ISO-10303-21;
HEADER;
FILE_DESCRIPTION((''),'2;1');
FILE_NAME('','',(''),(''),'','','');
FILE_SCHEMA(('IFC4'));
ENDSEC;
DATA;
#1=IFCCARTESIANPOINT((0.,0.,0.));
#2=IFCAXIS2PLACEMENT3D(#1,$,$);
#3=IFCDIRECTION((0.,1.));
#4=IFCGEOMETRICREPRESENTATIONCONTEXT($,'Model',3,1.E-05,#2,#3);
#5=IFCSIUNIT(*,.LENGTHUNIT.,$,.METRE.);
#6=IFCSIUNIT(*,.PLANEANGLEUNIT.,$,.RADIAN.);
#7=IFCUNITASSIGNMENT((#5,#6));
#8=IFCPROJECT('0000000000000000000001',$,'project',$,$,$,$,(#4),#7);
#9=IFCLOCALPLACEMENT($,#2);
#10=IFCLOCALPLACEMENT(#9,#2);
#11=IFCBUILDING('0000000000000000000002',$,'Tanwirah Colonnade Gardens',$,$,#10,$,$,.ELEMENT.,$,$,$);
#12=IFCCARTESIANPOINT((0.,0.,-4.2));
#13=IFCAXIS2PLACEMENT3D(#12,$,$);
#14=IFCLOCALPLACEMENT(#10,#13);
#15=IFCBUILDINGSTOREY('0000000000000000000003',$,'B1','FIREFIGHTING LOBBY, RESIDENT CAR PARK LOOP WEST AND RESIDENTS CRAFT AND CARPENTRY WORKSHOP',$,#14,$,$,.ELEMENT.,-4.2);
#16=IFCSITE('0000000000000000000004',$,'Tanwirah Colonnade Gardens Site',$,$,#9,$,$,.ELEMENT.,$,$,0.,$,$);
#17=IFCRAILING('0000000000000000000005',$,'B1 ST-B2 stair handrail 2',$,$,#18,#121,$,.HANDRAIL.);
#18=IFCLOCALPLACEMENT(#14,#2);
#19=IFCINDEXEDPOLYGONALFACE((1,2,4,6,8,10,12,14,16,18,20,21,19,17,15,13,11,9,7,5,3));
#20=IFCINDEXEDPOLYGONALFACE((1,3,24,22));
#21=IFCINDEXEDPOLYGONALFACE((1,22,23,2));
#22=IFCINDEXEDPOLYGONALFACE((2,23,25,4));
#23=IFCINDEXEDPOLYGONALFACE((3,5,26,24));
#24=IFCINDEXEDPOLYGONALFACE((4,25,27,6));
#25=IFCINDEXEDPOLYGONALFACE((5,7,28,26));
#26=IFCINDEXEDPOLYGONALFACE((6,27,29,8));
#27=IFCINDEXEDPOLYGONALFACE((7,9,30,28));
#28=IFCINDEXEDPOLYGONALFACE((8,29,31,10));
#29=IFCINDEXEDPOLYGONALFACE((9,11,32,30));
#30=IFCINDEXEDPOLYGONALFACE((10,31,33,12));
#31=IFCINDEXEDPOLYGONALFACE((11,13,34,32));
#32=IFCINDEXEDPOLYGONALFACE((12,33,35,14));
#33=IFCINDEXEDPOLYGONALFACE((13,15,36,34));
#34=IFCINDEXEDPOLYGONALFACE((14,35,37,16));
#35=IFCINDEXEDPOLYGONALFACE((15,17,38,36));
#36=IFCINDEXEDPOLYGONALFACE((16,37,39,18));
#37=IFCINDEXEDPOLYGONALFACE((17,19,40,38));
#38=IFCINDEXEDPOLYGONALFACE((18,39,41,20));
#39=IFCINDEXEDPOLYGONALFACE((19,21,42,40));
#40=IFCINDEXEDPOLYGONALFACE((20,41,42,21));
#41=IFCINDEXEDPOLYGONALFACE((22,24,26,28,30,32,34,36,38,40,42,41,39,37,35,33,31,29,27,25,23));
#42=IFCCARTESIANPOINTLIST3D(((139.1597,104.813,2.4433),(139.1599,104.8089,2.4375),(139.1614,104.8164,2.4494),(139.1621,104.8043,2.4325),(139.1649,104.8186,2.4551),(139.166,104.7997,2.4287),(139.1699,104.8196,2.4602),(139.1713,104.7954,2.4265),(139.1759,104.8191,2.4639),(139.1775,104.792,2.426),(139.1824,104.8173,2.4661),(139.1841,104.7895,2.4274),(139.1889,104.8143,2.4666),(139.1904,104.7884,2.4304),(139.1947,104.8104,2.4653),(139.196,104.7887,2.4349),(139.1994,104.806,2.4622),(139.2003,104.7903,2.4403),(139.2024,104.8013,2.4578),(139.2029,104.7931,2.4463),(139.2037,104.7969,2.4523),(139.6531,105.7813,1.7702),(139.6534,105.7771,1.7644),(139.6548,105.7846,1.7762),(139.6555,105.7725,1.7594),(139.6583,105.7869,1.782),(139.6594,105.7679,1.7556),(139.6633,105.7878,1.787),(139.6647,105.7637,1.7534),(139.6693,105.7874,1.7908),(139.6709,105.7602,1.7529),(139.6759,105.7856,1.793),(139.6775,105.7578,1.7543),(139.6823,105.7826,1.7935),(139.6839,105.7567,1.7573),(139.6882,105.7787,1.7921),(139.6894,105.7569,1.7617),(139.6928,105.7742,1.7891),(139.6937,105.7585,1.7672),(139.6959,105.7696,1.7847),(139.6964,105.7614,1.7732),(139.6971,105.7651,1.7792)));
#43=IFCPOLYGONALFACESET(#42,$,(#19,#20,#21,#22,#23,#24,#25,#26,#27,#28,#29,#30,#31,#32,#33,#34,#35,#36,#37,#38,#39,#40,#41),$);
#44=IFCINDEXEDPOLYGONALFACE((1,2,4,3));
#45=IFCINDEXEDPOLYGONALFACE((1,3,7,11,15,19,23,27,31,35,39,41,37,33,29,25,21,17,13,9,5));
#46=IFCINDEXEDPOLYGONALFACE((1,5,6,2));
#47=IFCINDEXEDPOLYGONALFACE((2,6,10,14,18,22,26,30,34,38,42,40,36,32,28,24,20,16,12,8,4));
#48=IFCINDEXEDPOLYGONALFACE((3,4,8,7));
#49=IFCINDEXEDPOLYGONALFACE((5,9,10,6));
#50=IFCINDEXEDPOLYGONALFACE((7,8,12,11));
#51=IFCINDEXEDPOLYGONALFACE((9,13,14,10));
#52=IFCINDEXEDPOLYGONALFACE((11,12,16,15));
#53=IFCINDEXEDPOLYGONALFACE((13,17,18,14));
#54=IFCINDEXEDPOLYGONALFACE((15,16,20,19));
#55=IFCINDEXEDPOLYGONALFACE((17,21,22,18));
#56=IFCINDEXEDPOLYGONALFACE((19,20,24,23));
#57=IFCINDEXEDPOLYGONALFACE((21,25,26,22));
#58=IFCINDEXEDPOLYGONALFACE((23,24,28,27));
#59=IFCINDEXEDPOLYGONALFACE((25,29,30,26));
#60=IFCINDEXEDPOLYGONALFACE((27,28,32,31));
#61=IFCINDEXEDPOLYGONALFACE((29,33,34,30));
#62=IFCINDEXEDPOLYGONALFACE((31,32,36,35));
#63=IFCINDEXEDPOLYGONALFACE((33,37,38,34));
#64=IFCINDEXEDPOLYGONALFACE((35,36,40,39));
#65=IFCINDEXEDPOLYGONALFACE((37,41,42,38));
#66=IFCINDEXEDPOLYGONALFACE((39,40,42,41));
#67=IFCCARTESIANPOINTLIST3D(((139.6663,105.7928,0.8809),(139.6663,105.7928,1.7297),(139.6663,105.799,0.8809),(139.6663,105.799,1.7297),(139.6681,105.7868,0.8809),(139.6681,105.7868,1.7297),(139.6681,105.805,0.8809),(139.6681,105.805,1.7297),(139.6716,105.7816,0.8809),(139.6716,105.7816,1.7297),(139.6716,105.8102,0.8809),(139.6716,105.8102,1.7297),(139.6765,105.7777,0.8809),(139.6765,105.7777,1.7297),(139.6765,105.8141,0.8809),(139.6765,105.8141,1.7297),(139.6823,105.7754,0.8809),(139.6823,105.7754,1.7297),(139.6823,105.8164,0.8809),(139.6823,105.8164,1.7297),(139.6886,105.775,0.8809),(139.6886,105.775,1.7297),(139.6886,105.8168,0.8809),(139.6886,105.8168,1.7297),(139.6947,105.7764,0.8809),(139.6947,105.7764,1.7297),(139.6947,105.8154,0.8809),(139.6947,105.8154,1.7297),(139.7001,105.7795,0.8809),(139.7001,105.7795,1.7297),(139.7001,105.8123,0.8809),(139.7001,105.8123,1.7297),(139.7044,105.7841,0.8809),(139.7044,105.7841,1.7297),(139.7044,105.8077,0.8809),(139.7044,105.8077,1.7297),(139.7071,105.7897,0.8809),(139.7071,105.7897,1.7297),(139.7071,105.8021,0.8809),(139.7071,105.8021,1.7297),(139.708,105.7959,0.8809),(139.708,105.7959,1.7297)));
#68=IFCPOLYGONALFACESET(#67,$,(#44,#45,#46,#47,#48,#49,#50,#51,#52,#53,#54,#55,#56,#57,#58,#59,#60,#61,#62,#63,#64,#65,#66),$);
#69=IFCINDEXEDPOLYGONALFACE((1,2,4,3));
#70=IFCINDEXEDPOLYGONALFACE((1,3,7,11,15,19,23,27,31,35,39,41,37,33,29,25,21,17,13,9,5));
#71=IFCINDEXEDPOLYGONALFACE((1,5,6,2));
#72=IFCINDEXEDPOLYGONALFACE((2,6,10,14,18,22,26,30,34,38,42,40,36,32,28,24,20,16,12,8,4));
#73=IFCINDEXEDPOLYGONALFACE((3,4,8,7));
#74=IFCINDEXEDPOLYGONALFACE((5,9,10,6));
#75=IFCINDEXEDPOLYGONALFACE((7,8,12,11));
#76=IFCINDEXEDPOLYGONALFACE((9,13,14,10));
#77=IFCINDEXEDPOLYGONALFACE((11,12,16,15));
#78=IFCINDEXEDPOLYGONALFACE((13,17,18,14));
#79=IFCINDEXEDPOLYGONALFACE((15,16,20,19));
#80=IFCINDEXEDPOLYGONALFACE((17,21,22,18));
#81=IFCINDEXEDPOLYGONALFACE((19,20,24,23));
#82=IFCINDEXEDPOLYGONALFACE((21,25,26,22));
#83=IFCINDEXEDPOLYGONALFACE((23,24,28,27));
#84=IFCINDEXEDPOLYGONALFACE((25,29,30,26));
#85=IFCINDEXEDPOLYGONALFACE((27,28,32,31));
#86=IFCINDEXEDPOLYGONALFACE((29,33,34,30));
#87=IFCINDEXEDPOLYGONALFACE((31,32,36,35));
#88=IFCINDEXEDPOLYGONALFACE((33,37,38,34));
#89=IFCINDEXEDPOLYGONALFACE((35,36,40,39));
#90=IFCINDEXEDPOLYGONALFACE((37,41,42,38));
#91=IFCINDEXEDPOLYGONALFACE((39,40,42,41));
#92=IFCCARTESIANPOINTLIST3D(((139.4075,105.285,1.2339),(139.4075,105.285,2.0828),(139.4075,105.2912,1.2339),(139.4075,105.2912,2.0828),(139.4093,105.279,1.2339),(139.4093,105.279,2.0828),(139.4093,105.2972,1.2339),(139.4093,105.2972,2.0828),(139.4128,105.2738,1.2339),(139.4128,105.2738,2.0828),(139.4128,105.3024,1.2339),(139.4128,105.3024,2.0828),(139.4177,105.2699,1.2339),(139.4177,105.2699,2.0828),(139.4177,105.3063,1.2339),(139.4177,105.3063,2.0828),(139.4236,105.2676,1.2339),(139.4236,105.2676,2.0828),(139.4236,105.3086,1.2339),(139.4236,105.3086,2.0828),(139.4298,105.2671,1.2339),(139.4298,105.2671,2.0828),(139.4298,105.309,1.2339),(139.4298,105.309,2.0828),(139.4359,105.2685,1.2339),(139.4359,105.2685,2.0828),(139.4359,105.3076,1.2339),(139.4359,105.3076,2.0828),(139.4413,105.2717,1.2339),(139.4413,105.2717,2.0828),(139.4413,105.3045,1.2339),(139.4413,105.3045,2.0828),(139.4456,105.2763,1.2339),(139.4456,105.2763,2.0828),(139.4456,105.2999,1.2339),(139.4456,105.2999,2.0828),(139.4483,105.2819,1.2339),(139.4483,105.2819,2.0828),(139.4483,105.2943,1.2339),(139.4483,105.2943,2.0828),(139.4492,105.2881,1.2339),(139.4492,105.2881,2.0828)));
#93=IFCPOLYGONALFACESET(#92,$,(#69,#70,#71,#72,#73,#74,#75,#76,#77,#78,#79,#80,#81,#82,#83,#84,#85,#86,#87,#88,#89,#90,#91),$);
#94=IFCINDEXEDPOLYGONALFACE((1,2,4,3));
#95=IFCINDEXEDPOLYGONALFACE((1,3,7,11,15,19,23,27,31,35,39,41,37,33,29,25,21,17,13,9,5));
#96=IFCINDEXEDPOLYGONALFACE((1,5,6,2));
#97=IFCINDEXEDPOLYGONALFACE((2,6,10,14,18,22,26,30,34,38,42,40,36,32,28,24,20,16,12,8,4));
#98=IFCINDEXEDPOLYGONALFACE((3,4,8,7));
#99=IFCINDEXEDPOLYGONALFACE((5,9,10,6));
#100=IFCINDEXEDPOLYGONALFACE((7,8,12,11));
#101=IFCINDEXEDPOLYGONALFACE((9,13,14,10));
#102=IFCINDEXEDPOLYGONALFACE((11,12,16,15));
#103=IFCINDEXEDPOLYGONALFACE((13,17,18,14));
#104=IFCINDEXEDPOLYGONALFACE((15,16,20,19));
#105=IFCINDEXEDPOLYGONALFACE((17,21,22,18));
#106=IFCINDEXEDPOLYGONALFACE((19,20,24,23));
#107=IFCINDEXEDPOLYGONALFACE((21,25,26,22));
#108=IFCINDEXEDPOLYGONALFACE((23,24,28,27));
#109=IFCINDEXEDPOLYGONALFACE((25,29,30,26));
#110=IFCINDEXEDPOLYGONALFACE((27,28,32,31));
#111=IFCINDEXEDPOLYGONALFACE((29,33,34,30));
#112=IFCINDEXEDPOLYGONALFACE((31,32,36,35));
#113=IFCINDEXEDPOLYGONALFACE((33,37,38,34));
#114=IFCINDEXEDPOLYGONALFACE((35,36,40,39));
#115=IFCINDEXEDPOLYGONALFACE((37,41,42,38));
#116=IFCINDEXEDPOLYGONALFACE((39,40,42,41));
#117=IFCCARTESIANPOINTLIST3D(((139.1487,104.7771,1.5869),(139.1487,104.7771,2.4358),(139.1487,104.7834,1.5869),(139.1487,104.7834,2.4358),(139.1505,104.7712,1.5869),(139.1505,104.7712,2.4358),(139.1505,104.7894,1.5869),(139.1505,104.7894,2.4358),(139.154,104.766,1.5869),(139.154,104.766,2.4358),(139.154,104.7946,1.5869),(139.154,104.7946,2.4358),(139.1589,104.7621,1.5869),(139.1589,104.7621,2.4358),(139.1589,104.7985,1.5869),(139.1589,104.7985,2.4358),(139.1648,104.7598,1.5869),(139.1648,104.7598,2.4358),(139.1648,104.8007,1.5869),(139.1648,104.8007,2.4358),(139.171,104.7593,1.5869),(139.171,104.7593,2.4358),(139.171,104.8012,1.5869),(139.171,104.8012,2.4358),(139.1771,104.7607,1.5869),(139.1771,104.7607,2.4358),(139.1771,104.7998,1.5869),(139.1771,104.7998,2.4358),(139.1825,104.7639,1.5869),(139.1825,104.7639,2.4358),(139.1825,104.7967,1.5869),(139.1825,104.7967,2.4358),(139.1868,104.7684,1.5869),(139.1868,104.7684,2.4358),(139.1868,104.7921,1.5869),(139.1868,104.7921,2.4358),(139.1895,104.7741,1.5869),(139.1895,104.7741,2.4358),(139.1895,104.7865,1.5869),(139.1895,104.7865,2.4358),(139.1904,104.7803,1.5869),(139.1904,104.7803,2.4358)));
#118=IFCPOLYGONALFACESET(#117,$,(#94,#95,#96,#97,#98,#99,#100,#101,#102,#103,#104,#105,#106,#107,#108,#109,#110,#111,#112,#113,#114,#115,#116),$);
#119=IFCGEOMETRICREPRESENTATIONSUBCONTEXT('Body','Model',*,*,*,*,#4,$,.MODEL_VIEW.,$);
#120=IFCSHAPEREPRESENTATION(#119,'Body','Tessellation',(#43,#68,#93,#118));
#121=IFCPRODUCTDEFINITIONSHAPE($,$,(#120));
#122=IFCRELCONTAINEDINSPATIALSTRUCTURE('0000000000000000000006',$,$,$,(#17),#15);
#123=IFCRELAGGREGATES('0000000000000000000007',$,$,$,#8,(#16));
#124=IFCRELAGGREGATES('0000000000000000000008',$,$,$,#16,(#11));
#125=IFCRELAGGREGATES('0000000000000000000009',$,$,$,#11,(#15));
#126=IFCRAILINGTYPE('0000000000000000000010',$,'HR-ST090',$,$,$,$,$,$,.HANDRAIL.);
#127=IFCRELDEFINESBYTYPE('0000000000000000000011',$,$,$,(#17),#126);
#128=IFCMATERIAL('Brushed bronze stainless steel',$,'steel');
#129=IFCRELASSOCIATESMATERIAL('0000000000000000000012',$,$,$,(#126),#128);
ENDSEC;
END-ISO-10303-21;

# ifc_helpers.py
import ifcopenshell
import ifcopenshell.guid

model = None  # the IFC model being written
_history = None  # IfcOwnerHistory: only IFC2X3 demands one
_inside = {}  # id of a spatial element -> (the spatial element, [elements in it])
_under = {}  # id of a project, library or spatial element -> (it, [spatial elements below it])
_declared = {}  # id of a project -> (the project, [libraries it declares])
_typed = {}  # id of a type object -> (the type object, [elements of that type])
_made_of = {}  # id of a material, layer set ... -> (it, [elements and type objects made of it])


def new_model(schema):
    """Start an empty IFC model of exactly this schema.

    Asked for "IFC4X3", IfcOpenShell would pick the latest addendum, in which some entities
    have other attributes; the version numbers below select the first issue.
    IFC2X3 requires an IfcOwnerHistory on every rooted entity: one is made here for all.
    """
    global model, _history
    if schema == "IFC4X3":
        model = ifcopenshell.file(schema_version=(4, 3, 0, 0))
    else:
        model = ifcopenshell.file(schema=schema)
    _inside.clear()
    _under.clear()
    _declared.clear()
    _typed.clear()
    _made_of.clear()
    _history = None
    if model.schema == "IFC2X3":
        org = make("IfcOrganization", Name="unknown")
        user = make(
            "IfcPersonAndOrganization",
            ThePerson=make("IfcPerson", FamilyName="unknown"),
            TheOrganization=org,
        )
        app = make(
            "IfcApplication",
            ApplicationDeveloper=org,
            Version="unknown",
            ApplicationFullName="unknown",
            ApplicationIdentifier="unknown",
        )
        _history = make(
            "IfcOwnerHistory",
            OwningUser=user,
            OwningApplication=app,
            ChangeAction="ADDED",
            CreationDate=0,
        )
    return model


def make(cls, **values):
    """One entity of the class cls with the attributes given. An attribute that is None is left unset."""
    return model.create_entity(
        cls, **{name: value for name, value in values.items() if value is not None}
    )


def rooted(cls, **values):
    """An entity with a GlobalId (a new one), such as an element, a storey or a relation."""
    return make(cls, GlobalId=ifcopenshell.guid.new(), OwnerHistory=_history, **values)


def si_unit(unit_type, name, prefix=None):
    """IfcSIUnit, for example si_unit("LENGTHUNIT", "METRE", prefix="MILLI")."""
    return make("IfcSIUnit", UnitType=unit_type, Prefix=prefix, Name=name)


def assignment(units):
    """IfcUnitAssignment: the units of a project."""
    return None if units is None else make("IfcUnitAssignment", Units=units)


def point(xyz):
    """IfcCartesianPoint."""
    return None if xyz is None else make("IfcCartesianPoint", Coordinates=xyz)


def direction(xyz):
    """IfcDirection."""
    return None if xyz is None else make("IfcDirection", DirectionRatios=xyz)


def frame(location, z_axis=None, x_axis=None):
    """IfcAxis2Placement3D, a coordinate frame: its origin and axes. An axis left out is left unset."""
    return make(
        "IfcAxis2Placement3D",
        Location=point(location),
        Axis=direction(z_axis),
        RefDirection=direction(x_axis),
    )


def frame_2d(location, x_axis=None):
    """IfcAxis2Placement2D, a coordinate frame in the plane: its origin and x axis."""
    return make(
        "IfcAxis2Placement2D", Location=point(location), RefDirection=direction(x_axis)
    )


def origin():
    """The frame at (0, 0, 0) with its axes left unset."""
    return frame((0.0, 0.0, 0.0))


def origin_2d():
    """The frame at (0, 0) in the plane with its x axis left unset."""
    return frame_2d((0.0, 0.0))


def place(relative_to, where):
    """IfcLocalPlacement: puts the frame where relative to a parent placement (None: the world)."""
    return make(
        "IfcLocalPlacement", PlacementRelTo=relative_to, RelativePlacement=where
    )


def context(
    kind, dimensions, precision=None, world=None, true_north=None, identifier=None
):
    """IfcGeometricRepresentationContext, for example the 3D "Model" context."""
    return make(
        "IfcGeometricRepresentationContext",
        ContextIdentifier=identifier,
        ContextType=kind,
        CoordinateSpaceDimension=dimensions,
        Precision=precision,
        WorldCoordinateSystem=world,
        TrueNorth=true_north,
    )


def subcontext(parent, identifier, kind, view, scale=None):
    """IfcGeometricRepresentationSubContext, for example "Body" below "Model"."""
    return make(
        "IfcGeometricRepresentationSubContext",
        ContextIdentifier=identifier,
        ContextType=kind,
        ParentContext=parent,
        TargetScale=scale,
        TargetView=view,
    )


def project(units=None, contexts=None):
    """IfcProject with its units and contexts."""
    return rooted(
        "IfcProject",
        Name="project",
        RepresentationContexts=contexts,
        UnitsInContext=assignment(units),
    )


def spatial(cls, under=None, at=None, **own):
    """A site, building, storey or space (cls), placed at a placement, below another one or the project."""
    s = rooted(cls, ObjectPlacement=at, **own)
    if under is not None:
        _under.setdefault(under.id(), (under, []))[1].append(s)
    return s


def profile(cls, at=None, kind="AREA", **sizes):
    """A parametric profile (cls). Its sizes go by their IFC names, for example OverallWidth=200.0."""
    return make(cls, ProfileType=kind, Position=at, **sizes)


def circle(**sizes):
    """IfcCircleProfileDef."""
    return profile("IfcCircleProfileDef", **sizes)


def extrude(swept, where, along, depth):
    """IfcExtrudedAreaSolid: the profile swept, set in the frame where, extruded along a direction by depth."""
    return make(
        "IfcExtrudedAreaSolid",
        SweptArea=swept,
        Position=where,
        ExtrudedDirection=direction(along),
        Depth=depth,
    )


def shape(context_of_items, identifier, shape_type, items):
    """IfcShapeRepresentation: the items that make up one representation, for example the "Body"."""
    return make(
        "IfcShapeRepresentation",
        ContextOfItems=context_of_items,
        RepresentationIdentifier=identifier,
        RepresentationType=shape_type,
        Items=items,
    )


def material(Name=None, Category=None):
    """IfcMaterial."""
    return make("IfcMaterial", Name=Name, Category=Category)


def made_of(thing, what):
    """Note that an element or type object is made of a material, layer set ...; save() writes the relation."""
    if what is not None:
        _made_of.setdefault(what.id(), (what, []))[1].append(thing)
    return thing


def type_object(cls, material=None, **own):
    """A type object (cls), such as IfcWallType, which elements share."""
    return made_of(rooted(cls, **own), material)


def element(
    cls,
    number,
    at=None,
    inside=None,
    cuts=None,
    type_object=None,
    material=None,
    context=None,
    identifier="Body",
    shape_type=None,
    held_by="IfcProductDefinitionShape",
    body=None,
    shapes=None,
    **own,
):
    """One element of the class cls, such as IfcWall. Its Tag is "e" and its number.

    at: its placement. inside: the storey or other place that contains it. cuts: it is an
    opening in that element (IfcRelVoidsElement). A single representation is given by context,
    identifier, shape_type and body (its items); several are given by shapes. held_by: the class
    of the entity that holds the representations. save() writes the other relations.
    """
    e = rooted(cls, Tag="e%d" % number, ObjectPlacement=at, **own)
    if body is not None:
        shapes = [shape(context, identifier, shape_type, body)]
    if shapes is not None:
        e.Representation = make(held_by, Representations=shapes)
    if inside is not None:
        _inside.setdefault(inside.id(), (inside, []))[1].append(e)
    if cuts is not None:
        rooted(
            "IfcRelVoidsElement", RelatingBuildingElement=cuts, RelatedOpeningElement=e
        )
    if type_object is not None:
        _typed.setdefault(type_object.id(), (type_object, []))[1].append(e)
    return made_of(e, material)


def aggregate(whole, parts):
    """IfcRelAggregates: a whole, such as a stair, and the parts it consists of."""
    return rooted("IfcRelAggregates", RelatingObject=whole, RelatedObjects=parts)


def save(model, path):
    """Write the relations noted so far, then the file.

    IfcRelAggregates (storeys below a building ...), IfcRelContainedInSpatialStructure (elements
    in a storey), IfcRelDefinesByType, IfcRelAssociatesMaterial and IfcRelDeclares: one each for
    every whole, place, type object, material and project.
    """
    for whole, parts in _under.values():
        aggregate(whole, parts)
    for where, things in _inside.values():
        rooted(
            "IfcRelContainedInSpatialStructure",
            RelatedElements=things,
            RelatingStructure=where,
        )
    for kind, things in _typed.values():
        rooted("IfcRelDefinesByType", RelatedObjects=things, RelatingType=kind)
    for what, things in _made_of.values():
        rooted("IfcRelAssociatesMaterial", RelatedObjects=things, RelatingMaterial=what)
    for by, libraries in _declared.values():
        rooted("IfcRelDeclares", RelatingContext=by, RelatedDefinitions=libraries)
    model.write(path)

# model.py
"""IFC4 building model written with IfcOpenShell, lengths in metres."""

from ifc_helpers import new_model, si_unit, direction, frame, origin, origin_2d, place, context, subcontext, project, spatial, circle, extrude, material, type_object, element, save


model = new_model("IFC4")

# Units and contexts
model_context = context("Model", 3, precision=1e-05, world=origin(), true_north=direction((0.0, 1.0)))
body_context = subcontext(model_context, "Body", "Model", "MODEL_VIEW")
ifc_project = project(units=[si_unit("LENGTHUNIT", "METRE"), si_unit("PLANEANGLEUNIT", "RADIAN")], contexts=[model_context])

# Site, building, storey
site_placement = place(None, origin())
site = spatial("IfcSite", under=ifc_project, at=site_placement, Name="Tanwirah Colonnade Gardens Site", CompositionType="ELEMENT", RefElevation=0.0)
building_placement = place(site_placement, origin())
building = spatial("IfcBuilding", under=site, at=building_placement, Name="Tanwirah Colonnade Gardens", CompositionType="ELEMENT")
storey_placement = place(building_placement, frame((0.0, 0.0, -4.2)))
storey = spatial("IfcBuildingStorey", under=building, at=storey_placement, Name="B1", Description="FIREFIGHTING LOBBY, RESIDENT CAR PARK LOOP WEST AND RESIDENTS CRAFT AND CARPENTRY WORKSHOP", CompositionType="ELEMENT", Elevation=-4.2)

# Railing
ifc_material_1 = material(Name="Brushed bronze stainless steel", Category="steel")
railing_type_1 = type_object("IfcRailingType", Name="HR-ST090", PredefinedType="HANDRAIL", material=ifc_material_1)
railing_1_placement = place(storey_placement, frame((139.687, 105.7959, 0.8809)))
element("IfcRailing", 1, at=railing_1_placement, inside=storey, type_object=railing_type_1, Name="B1 ST-B2 stair handrail 2", PredefinedType="HANDRAIL", context=body_context, shape_type="SweptSolid", body=[
    extrude(circle(Radius=0.0239, at=origin_2d()), frame((-0.012, -0.0237, 0.8923), z_axis=(-0.386006, -0.757445, 0.52657), x_axis=(0.890974, -0.454054, 0.0)), (0.0, 0.0, 1.0), 1.2783),
    extrude(circle(Radius=0.021, at=origin_2d()), origin(), (0.0, 0.0, 1.0), 0.8489),
    extrude(circle(Radius=0.021, at=origin_2d()), frame((-0.2588, -0.5078, 0.353)), (0.0, 0.0, 1.0), 0.8489),
    extrude(circle(Radius=0.021, at=origin_2d()), frame((-0.5176, -1.0156, 0.7061)), (0.0, 0.0, 1.0), 0.8489),
])

save(model, "model.ifc")
